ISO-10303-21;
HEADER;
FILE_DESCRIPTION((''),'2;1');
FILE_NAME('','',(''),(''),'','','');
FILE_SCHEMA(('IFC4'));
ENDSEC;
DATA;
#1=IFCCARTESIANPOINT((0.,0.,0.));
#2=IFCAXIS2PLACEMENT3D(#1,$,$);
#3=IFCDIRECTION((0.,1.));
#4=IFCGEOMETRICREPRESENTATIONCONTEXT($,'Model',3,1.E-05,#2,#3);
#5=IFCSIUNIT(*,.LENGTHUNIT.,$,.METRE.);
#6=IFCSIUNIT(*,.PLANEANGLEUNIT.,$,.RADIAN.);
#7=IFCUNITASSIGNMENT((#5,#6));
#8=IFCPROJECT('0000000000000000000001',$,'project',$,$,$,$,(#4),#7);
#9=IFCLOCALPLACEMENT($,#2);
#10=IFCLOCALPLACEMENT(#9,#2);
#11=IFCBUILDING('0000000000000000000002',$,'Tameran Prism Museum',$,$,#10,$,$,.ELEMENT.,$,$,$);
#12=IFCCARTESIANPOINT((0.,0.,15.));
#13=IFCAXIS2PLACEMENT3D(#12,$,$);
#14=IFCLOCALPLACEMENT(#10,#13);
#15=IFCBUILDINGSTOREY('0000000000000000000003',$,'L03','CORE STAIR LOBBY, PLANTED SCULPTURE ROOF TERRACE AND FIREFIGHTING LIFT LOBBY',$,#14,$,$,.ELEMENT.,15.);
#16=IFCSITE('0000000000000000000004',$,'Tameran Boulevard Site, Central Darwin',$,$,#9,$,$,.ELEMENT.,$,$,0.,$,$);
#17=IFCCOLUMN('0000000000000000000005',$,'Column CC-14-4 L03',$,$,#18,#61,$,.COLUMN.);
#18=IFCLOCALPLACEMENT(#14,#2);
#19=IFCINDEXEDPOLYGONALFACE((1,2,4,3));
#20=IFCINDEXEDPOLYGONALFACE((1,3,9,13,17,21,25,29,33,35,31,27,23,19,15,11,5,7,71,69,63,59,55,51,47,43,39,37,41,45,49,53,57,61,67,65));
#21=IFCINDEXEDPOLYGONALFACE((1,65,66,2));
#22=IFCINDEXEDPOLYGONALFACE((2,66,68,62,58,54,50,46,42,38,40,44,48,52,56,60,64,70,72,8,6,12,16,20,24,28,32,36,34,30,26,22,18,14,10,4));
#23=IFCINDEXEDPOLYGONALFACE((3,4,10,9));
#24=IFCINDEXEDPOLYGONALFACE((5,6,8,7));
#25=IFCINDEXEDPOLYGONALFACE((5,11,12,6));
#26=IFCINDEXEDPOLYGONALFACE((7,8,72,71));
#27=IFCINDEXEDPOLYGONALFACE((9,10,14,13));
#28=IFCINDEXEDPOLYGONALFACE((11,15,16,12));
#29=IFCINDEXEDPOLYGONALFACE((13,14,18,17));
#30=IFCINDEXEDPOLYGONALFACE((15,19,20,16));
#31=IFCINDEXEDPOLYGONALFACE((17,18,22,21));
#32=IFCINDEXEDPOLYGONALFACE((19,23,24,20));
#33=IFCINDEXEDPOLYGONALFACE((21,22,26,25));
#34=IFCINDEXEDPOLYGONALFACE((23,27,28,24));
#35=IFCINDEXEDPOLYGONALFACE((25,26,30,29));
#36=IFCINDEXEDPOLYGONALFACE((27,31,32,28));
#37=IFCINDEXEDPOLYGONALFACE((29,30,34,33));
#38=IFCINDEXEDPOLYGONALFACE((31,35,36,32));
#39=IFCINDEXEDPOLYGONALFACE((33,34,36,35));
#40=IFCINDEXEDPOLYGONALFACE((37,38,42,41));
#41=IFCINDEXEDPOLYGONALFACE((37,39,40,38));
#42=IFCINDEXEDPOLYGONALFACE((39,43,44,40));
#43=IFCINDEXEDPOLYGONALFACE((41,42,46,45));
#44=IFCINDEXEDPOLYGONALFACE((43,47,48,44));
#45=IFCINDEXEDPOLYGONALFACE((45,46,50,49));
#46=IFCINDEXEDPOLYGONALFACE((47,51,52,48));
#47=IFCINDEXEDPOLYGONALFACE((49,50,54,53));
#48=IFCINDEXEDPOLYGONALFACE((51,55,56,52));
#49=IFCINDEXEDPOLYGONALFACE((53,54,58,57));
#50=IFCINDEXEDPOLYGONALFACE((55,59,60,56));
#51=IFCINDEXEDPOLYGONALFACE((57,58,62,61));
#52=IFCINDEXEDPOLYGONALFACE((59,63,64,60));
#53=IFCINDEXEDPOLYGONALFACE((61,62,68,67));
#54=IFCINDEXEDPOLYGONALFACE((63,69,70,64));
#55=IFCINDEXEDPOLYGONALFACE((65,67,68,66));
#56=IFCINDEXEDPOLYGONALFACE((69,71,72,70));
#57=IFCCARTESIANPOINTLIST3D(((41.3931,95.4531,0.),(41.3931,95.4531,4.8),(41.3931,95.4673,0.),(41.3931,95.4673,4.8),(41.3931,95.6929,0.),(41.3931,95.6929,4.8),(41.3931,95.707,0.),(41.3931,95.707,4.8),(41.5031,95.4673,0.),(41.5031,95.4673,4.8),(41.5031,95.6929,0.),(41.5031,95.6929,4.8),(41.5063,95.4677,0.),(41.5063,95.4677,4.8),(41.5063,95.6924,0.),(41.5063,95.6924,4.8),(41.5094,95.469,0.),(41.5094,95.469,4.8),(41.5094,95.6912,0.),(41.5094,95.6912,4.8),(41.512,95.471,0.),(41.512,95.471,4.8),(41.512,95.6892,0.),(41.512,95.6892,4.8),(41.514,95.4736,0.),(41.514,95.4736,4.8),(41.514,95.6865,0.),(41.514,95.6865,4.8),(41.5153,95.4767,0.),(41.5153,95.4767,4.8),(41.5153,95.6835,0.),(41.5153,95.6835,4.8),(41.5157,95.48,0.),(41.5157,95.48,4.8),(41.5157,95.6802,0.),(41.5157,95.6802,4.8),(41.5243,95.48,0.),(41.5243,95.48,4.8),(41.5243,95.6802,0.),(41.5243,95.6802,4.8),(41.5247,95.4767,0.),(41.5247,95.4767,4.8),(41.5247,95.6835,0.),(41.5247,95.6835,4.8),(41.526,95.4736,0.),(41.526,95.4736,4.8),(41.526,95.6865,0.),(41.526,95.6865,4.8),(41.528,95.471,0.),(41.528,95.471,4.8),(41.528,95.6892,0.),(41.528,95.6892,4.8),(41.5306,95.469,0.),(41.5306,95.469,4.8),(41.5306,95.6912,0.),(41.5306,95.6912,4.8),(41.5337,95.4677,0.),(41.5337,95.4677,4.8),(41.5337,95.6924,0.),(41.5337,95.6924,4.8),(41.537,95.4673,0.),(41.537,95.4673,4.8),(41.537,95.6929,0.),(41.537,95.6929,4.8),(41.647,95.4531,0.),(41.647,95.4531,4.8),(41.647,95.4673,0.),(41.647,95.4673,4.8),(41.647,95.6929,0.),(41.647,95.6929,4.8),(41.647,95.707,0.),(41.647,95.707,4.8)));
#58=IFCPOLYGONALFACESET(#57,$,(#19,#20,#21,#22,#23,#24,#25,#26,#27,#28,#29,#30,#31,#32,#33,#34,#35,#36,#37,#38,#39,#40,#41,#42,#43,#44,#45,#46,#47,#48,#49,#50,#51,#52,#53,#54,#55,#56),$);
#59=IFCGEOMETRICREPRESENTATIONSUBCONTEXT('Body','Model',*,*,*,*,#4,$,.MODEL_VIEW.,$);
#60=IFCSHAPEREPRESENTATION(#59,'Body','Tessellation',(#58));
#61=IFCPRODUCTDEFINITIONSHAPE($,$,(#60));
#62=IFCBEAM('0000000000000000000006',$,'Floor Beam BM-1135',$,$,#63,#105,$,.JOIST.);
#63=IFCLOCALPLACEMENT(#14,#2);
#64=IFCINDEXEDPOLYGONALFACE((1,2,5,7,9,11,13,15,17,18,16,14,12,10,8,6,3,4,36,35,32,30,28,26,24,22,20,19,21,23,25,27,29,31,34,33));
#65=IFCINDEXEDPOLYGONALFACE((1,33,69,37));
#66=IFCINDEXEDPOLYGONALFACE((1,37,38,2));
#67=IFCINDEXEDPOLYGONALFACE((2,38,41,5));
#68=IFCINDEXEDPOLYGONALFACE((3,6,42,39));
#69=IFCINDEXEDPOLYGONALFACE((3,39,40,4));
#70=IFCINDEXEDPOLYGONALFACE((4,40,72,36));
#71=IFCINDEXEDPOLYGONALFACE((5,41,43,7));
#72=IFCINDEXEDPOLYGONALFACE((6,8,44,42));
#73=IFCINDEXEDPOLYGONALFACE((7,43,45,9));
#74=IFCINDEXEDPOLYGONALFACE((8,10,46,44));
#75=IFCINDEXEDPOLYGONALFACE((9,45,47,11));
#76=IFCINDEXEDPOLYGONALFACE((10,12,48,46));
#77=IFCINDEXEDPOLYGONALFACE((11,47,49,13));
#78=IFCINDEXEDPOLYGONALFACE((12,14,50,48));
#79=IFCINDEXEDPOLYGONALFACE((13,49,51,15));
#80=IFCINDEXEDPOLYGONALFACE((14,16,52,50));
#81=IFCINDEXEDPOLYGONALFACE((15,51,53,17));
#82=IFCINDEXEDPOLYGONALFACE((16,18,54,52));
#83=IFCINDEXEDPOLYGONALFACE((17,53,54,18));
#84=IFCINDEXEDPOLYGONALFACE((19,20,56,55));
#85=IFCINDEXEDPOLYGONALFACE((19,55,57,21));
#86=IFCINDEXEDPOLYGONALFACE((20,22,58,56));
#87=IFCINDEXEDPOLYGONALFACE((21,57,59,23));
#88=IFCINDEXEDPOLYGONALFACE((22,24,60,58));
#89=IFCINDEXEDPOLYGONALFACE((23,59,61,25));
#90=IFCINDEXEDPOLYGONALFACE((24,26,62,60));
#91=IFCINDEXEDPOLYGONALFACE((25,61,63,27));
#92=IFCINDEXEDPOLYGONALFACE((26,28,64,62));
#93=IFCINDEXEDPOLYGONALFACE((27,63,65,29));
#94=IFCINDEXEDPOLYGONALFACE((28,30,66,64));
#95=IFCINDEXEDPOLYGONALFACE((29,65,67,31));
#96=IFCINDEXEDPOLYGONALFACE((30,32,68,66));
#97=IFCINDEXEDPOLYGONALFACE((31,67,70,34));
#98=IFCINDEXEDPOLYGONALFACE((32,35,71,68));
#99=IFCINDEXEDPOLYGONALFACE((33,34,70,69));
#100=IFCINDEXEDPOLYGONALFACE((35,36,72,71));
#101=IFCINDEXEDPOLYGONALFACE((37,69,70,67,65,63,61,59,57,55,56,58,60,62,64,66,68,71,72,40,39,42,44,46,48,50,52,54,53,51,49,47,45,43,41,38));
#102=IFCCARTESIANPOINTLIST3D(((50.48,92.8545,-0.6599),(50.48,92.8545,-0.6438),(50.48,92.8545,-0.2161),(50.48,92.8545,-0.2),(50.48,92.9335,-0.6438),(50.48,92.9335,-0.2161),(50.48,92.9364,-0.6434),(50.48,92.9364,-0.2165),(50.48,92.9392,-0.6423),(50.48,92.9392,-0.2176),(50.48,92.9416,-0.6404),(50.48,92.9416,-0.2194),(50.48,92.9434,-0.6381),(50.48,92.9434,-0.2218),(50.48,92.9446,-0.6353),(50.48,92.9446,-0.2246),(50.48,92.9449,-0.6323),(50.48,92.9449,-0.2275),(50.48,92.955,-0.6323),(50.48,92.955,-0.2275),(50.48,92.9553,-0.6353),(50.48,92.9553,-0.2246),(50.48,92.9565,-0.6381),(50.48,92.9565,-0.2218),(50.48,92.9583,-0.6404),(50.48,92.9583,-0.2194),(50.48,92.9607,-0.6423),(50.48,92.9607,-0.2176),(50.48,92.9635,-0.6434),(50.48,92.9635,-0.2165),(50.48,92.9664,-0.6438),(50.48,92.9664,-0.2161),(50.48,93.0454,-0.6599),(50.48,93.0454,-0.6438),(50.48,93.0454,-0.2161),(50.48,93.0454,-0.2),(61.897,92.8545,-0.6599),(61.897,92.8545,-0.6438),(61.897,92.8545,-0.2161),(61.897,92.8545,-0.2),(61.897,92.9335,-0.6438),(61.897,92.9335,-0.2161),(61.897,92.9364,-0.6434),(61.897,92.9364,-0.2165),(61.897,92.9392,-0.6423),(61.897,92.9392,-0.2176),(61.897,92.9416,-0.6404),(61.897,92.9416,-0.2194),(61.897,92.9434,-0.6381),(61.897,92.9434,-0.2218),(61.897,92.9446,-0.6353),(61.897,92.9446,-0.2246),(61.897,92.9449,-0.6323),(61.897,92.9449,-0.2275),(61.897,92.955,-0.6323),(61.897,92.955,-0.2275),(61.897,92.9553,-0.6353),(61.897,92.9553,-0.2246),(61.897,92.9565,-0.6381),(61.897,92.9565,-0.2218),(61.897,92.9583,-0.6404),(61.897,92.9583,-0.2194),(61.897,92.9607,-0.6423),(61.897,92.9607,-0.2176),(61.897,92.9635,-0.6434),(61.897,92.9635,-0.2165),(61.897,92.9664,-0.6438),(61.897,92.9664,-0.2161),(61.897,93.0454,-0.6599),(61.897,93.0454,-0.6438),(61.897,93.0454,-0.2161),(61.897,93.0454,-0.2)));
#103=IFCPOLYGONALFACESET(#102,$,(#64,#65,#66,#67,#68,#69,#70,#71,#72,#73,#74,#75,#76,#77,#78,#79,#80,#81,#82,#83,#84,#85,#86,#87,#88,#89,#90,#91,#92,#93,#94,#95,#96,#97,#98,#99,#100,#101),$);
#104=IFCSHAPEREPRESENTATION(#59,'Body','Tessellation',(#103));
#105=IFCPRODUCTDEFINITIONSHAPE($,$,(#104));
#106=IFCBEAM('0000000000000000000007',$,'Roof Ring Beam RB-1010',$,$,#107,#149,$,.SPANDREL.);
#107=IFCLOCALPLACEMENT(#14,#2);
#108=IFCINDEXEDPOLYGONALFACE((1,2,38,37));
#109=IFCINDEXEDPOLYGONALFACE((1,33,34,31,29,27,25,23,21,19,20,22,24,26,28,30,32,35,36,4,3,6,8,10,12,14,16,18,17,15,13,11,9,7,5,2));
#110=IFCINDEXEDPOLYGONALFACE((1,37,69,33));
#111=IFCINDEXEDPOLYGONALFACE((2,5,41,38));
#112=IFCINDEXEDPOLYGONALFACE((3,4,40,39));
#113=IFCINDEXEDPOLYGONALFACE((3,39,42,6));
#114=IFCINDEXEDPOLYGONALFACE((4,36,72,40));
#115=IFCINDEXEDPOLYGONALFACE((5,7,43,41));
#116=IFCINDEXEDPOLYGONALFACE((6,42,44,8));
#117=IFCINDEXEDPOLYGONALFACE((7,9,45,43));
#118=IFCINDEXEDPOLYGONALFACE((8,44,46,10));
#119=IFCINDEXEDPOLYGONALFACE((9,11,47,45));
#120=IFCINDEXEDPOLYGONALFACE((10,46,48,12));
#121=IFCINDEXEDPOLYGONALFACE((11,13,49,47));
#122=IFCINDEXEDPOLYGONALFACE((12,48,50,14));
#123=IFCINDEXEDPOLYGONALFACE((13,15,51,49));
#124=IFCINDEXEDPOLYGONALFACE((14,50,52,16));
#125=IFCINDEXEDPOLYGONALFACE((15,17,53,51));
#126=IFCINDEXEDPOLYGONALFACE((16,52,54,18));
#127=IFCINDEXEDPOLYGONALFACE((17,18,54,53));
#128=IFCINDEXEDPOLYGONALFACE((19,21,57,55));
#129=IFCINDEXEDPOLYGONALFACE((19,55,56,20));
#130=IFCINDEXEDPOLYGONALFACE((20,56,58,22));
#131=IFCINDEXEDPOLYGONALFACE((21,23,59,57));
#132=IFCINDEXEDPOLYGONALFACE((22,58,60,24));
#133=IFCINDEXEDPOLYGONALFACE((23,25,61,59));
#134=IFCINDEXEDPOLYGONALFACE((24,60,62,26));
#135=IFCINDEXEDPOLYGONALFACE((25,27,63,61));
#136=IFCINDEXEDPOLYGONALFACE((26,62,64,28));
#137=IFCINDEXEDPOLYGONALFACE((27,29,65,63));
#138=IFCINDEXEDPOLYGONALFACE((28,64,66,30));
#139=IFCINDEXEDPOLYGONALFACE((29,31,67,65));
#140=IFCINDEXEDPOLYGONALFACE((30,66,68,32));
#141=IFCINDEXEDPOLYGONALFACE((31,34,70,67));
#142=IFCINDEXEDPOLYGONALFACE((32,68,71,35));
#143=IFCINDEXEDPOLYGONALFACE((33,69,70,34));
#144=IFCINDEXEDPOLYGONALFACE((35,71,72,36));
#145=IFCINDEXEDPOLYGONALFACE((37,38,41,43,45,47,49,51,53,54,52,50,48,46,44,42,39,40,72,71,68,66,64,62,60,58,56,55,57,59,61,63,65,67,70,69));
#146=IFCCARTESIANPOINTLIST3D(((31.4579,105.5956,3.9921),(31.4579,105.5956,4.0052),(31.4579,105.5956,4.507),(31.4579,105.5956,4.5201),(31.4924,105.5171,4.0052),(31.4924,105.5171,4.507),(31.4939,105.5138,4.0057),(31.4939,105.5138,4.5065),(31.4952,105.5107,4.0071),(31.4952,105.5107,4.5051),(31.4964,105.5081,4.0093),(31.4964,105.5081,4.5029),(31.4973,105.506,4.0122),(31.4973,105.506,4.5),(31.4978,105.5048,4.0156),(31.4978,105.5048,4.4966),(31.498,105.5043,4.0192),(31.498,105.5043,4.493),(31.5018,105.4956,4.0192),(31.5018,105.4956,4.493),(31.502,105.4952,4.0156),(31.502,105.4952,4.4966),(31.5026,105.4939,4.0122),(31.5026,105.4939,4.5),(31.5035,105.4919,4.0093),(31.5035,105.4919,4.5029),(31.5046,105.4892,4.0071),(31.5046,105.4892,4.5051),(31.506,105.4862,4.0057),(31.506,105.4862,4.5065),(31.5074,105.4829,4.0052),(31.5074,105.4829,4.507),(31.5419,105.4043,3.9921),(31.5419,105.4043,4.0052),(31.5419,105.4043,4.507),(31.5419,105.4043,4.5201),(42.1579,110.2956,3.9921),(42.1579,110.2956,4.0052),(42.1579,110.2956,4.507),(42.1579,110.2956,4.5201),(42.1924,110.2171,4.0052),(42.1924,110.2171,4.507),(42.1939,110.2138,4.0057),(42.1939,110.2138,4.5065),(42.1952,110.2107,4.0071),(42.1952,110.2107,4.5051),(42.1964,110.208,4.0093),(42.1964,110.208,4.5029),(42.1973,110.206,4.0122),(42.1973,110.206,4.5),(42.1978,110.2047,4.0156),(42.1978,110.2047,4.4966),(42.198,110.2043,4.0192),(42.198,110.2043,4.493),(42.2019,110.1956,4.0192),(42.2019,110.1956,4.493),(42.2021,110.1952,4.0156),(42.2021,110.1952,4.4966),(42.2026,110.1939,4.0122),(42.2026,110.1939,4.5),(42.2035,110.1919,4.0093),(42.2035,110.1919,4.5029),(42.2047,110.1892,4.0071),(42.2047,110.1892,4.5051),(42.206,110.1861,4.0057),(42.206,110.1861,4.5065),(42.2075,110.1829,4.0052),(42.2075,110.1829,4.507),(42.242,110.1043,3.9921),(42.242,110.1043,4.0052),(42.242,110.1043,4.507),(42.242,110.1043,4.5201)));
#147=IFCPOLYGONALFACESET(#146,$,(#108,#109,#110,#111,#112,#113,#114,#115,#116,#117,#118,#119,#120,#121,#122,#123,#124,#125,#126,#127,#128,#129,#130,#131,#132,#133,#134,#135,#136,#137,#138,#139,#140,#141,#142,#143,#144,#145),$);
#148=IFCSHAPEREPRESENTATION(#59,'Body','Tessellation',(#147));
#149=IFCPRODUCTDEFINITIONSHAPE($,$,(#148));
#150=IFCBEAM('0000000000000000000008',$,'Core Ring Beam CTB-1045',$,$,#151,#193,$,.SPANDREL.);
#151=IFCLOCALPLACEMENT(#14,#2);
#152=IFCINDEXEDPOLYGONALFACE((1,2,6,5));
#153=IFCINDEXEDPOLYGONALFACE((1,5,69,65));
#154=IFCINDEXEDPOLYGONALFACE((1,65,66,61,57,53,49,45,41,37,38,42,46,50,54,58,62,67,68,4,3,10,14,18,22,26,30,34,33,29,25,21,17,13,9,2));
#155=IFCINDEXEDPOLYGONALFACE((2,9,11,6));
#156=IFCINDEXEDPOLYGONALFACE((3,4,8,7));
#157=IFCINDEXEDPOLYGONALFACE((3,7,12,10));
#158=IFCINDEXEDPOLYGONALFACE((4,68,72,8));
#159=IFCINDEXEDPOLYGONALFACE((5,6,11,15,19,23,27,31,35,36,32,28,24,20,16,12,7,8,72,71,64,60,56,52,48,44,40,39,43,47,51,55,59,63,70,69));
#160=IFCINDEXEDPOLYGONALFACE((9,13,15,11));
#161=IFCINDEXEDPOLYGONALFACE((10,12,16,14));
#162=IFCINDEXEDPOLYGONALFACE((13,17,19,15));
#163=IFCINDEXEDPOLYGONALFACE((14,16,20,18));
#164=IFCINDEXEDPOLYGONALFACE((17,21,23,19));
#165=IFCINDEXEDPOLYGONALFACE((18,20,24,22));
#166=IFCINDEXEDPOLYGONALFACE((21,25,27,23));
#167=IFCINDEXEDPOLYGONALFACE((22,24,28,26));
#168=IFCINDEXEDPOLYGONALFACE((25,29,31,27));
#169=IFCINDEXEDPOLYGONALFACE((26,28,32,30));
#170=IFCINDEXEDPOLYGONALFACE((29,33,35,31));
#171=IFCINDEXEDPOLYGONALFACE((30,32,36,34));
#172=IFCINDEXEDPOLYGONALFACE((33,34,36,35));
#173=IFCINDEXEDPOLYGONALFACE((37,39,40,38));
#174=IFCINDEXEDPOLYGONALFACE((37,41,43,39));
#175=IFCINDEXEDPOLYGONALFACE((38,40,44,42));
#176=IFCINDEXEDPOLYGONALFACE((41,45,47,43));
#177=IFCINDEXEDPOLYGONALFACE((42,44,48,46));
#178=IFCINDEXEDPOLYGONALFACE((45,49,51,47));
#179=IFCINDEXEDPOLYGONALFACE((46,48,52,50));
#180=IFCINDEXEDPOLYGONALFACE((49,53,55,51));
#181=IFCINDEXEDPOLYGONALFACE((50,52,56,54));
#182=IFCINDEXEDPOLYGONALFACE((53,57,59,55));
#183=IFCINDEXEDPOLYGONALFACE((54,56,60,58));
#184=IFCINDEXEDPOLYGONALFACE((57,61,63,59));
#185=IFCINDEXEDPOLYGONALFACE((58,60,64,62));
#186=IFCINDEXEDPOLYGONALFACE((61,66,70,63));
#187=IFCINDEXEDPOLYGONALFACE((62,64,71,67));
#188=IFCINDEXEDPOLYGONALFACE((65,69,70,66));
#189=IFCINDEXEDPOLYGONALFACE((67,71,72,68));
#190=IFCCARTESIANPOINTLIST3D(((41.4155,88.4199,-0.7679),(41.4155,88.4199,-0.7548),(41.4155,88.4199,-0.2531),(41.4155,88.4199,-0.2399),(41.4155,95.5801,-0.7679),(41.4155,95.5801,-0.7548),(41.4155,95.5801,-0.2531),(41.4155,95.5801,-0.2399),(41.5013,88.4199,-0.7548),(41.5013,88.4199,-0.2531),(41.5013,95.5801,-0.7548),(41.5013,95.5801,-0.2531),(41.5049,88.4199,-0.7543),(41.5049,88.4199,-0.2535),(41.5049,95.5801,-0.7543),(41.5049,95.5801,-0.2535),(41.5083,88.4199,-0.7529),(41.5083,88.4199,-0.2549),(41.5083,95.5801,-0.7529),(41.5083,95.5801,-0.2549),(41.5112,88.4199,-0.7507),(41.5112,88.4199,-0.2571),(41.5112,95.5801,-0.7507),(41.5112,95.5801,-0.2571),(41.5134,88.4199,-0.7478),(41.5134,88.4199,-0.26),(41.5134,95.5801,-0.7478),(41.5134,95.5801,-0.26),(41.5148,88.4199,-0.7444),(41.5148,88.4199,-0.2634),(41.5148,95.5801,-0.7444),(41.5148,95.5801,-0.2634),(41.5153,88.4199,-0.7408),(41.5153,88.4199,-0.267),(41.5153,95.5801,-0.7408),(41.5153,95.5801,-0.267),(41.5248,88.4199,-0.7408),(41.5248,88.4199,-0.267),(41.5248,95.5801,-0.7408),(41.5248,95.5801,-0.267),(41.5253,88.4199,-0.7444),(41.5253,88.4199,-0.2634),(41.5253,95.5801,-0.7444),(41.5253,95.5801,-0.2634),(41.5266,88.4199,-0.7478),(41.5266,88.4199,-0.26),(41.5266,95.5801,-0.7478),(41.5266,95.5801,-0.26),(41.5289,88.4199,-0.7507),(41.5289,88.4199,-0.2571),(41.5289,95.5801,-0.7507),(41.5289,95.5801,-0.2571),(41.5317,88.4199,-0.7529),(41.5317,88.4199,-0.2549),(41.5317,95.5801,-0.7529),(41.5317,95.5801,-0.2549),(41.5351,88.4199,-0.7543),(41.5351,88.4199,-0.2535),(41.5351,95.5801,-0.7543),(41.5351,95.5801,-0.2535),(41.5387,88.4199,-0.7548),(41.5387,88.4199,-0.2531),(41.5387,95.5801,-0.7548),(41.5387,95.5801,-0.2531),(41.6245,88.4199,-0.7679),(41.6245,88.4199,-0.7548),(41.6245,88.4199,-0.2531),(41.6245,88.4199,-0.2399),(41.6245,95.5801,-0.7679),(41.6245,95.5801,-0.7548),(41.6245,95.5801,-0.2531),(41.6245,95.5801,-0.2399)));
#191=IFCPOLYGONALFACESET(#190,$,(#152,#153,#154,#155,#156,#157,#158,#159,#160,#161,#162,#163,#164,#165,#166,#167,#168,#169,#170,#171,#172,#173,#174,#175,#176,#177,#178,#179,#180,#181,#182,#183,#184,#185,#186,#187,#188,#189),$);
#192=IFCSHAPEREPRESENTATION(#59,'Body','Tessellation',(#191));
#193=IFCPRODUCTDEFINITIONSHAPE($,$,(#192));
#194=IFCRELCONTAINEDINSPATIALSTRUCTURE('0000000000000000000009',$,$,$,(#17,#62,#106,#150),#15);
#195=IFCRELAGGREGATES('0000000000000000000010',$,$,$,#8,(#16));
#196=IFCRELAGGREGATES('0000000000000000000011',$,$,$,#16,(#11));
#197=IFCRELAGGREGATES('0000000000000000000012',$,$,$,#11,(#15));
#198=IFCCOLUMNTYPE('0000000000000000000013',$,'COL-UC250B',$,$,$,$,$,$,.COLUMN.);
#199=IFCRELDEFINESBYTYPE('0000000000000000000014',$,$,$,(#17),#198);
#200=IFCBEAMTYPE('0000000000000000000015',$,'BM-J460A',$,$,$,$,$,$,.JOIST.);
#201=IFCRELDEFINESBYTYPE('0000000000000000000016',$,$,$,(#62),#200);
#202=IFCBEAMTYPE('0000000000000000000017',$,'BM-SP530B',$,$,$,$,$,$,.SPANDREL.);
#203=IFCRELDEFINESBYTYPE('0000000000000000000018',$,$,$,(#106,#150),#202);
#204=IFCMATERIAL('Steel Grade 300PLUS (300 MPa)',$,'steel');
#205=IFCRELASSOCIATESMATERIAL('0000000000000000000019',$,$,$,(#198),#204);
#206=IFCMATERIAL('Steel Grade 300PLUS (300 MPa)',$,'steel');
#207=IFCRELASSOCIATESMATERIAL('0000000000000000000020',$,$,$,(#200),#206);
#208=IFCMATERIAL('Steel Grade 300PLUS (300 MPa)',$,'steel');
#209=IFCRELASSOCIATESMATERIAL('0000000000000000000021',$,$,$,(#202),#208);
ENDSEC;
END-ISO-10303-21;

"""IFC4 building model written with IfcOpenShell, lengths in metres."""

from ifc_helpers import new_model, si_unit, direction, frame, origin, origin_2d, place, context, subcontext, project, spatial, i_section, extrude, material, material_profile, profile_set, type_object, element, save


model = new_model("IFC4")

# Units and contexts
model_context = context("Model", 3, precision=1e-05, world=origin(), true_north=direction((0.0, 1.0)))
body_context = subcontext(model_context, "Body", "Model", "MODEL_VIEW")
ifc_project = project(units=[si_unit("LENGTHUNIT", "METRE"), si_unit("PLANEANGLEUNIT", "RADIAN")], contexts=[model_context])

# Site, building, storey
site_placement = place(None, origin())
site = spatial("IfcSite", under=ifc_project, at=site_placement, Name="Tameran Boulevard Site, Central Darwin", CompositionType="ELEMENT", RefElevation=0.0)
building_placement = place(site_placement, origin())
building = spatial("IfcBuilding", under=site, at=building_placement, Name="Tameran Prism Museum", CompositionType="ELEMENT")
storey_placement = place(building_placement, frame((0.0, 0.0, 15.0)))
storey = spatial("IfcBuildingStorey", under=building, at=storey_placement, Name="L03", Description="CORE STAIR LOBBY, PLANTED SCULPTURE ROOF TERRACE AND FIREFIGHTING LIFT LOBBY", CompositionType="ELEMENT", Elevation=15.0)

# Column
ifc_material_1 = material(Name="Steel Grade 300PLUS (300 MPa)", Category="steel")
ifc_material_profile_1 = material_profile(ifc_material_1, i_section(OverallWidth=0.2539, OverallDepth=0.2539, WebThickness=0.0085, FlangeThickness=0.0142, FilletRadius=0.0127, at=origin_2d()))
ifc_profile_set_1 = profile_set([ifc_material_profile_1])
column_type = type_object("IfcColumnType", Name="COL-UC250B", PredefinedType="COLUMN", material=ifc_profile_set_1)
for number, where, z_axis, x_axis, name in (
    (1, (41.52, 95.5801, 0.0), (0.0, 0.0, 1.0), (1.0, 0.0, 0.0), "Column CC-14-4 L03"),
):
    element("IfcColumn", number, at=place(storey_placement, frame(where, z_axis=z_axis, x_axis=x_axis)), inside=storey, type_object=column_type, Name=name, PredefinedType="COLUMN", context=body_context, shape_type="SweptSolid", body=[
        extrude(i_section(OverallWidth=0.2539, OverallDepth=0.2539, WebThickness=0.0085, FlangeThickness=0.0142, FilletRadius=0.0127, at=origin_2d()), origin(), (0.0, 0.0, 1.0), 4.8),
    ])

# Beams
ifc_material_2 = material(Name="Steel Grade 300PLUS (300 MPa)", Category="steel")
ifc_material_profile_2 = material_profile(ifc_material_2, i_section(OverallWidth=0.1909, OverallDepth=0.46, WebThickness=0.01, FlangeThickness=0.0161, FilletRadius=0.0115, at=origin_2d()))
ifc_profile_set_2 = profile_set([ifc_material_profile_2])
beam_type_1 = type_object("IfcBeamType", Name="BM-J460A", PredefinedType="JOIST", material=ifc_profile_set_2)
beam_1_placement = place(storey_placement, frame((50.48, 92.95, -0.4299), z_axis=(1.0, 0.0, 0.0), x_axis=(0.0, 1.0, 0.0)))
element("IfcBeam", 2, at=beam_1_placement, inside=storey, type_object=beam_type_1, Name="Floor Beam BM-1135", PredefinedType="JOIST", context=body_context, shape_type="SweptSolid", body=[
    extrude(i_section(OverallWidth=0.1909, OverallDepth=0.46, WebThickness=0.01, FlangeThickness=0.0161, FilletRadius=0.0115, at=origin_2d()), origin(), (0.0, 0.0, 1.0), 11.417),
])
ifc_material_3 = material(Name="Steel Grade 300PLUS (300 MPa)", Category="steel")
ifc_material_profile_3 = material_profile(ifc_material_3, i_section(OverallWidth=0.209, OverallDepth=0.5281, WebThickness=0.0095, FlangeThickness=0.0132, FilletRadius=0.0139, at=origin_2d()))
ifc_profile_set_3 = profile_set([ifc_material_profile_3])
beam_type_2 = type_object("IfcBeamType", Name="BM-SP530B", PredefinedType="SPANDREL", material=ifc_profile_set_3)
beam_2_placement = place(storey_placement, frame((42.2, 110.2, 4.2561), z_axis=(-0.915568, -0.402163, 0.0), x_axis=(0.402163, -0.915568, 0.0)))
element("IfcBeam", 3, at=beam_2_placement, inside=storey, type_object=beam_type_2, Name="Roof Ring Beam RB-1010", PredefinedType="SPANDREL", context=body_context, shape_type="SweptSolid", body=[
    extrude(i_section(OverallWidth=0.209, OverallDepth=0.5281, WebThickness=0.0095, FlangeThickness=0.0132, FilletRadius=0.0139, at=origin_2d()), origin(), (0.0, 0.0, 1.0), 11.6868),
])
beam_3_placement = place(storey_placement, frame((41.52, 95.5801, -0.5039), z_axis=(0.0, -1.0, 0.0), x_axis=(1.0, 0.0, 0.0)))
element("IfcBeam", 4, at=beam_3_placement, inside=storey, type_object=beam_type_2, Name="Core Ring Beam CTB-1045", PredefinedType="SPANDREL", context=body_context, shape_type="SweptSolid", body=[
    extrude(i_section(OverallWidth=0.209, OverallDepth=0.5281, WebThickness=0.0095, FlangeThickness=0.0132, FilletRadius=0.0139, at=origin_2d()), origin(), (0.0, 0.0, 1.0), 7.1602),
])

save(model, "model.ifc")
